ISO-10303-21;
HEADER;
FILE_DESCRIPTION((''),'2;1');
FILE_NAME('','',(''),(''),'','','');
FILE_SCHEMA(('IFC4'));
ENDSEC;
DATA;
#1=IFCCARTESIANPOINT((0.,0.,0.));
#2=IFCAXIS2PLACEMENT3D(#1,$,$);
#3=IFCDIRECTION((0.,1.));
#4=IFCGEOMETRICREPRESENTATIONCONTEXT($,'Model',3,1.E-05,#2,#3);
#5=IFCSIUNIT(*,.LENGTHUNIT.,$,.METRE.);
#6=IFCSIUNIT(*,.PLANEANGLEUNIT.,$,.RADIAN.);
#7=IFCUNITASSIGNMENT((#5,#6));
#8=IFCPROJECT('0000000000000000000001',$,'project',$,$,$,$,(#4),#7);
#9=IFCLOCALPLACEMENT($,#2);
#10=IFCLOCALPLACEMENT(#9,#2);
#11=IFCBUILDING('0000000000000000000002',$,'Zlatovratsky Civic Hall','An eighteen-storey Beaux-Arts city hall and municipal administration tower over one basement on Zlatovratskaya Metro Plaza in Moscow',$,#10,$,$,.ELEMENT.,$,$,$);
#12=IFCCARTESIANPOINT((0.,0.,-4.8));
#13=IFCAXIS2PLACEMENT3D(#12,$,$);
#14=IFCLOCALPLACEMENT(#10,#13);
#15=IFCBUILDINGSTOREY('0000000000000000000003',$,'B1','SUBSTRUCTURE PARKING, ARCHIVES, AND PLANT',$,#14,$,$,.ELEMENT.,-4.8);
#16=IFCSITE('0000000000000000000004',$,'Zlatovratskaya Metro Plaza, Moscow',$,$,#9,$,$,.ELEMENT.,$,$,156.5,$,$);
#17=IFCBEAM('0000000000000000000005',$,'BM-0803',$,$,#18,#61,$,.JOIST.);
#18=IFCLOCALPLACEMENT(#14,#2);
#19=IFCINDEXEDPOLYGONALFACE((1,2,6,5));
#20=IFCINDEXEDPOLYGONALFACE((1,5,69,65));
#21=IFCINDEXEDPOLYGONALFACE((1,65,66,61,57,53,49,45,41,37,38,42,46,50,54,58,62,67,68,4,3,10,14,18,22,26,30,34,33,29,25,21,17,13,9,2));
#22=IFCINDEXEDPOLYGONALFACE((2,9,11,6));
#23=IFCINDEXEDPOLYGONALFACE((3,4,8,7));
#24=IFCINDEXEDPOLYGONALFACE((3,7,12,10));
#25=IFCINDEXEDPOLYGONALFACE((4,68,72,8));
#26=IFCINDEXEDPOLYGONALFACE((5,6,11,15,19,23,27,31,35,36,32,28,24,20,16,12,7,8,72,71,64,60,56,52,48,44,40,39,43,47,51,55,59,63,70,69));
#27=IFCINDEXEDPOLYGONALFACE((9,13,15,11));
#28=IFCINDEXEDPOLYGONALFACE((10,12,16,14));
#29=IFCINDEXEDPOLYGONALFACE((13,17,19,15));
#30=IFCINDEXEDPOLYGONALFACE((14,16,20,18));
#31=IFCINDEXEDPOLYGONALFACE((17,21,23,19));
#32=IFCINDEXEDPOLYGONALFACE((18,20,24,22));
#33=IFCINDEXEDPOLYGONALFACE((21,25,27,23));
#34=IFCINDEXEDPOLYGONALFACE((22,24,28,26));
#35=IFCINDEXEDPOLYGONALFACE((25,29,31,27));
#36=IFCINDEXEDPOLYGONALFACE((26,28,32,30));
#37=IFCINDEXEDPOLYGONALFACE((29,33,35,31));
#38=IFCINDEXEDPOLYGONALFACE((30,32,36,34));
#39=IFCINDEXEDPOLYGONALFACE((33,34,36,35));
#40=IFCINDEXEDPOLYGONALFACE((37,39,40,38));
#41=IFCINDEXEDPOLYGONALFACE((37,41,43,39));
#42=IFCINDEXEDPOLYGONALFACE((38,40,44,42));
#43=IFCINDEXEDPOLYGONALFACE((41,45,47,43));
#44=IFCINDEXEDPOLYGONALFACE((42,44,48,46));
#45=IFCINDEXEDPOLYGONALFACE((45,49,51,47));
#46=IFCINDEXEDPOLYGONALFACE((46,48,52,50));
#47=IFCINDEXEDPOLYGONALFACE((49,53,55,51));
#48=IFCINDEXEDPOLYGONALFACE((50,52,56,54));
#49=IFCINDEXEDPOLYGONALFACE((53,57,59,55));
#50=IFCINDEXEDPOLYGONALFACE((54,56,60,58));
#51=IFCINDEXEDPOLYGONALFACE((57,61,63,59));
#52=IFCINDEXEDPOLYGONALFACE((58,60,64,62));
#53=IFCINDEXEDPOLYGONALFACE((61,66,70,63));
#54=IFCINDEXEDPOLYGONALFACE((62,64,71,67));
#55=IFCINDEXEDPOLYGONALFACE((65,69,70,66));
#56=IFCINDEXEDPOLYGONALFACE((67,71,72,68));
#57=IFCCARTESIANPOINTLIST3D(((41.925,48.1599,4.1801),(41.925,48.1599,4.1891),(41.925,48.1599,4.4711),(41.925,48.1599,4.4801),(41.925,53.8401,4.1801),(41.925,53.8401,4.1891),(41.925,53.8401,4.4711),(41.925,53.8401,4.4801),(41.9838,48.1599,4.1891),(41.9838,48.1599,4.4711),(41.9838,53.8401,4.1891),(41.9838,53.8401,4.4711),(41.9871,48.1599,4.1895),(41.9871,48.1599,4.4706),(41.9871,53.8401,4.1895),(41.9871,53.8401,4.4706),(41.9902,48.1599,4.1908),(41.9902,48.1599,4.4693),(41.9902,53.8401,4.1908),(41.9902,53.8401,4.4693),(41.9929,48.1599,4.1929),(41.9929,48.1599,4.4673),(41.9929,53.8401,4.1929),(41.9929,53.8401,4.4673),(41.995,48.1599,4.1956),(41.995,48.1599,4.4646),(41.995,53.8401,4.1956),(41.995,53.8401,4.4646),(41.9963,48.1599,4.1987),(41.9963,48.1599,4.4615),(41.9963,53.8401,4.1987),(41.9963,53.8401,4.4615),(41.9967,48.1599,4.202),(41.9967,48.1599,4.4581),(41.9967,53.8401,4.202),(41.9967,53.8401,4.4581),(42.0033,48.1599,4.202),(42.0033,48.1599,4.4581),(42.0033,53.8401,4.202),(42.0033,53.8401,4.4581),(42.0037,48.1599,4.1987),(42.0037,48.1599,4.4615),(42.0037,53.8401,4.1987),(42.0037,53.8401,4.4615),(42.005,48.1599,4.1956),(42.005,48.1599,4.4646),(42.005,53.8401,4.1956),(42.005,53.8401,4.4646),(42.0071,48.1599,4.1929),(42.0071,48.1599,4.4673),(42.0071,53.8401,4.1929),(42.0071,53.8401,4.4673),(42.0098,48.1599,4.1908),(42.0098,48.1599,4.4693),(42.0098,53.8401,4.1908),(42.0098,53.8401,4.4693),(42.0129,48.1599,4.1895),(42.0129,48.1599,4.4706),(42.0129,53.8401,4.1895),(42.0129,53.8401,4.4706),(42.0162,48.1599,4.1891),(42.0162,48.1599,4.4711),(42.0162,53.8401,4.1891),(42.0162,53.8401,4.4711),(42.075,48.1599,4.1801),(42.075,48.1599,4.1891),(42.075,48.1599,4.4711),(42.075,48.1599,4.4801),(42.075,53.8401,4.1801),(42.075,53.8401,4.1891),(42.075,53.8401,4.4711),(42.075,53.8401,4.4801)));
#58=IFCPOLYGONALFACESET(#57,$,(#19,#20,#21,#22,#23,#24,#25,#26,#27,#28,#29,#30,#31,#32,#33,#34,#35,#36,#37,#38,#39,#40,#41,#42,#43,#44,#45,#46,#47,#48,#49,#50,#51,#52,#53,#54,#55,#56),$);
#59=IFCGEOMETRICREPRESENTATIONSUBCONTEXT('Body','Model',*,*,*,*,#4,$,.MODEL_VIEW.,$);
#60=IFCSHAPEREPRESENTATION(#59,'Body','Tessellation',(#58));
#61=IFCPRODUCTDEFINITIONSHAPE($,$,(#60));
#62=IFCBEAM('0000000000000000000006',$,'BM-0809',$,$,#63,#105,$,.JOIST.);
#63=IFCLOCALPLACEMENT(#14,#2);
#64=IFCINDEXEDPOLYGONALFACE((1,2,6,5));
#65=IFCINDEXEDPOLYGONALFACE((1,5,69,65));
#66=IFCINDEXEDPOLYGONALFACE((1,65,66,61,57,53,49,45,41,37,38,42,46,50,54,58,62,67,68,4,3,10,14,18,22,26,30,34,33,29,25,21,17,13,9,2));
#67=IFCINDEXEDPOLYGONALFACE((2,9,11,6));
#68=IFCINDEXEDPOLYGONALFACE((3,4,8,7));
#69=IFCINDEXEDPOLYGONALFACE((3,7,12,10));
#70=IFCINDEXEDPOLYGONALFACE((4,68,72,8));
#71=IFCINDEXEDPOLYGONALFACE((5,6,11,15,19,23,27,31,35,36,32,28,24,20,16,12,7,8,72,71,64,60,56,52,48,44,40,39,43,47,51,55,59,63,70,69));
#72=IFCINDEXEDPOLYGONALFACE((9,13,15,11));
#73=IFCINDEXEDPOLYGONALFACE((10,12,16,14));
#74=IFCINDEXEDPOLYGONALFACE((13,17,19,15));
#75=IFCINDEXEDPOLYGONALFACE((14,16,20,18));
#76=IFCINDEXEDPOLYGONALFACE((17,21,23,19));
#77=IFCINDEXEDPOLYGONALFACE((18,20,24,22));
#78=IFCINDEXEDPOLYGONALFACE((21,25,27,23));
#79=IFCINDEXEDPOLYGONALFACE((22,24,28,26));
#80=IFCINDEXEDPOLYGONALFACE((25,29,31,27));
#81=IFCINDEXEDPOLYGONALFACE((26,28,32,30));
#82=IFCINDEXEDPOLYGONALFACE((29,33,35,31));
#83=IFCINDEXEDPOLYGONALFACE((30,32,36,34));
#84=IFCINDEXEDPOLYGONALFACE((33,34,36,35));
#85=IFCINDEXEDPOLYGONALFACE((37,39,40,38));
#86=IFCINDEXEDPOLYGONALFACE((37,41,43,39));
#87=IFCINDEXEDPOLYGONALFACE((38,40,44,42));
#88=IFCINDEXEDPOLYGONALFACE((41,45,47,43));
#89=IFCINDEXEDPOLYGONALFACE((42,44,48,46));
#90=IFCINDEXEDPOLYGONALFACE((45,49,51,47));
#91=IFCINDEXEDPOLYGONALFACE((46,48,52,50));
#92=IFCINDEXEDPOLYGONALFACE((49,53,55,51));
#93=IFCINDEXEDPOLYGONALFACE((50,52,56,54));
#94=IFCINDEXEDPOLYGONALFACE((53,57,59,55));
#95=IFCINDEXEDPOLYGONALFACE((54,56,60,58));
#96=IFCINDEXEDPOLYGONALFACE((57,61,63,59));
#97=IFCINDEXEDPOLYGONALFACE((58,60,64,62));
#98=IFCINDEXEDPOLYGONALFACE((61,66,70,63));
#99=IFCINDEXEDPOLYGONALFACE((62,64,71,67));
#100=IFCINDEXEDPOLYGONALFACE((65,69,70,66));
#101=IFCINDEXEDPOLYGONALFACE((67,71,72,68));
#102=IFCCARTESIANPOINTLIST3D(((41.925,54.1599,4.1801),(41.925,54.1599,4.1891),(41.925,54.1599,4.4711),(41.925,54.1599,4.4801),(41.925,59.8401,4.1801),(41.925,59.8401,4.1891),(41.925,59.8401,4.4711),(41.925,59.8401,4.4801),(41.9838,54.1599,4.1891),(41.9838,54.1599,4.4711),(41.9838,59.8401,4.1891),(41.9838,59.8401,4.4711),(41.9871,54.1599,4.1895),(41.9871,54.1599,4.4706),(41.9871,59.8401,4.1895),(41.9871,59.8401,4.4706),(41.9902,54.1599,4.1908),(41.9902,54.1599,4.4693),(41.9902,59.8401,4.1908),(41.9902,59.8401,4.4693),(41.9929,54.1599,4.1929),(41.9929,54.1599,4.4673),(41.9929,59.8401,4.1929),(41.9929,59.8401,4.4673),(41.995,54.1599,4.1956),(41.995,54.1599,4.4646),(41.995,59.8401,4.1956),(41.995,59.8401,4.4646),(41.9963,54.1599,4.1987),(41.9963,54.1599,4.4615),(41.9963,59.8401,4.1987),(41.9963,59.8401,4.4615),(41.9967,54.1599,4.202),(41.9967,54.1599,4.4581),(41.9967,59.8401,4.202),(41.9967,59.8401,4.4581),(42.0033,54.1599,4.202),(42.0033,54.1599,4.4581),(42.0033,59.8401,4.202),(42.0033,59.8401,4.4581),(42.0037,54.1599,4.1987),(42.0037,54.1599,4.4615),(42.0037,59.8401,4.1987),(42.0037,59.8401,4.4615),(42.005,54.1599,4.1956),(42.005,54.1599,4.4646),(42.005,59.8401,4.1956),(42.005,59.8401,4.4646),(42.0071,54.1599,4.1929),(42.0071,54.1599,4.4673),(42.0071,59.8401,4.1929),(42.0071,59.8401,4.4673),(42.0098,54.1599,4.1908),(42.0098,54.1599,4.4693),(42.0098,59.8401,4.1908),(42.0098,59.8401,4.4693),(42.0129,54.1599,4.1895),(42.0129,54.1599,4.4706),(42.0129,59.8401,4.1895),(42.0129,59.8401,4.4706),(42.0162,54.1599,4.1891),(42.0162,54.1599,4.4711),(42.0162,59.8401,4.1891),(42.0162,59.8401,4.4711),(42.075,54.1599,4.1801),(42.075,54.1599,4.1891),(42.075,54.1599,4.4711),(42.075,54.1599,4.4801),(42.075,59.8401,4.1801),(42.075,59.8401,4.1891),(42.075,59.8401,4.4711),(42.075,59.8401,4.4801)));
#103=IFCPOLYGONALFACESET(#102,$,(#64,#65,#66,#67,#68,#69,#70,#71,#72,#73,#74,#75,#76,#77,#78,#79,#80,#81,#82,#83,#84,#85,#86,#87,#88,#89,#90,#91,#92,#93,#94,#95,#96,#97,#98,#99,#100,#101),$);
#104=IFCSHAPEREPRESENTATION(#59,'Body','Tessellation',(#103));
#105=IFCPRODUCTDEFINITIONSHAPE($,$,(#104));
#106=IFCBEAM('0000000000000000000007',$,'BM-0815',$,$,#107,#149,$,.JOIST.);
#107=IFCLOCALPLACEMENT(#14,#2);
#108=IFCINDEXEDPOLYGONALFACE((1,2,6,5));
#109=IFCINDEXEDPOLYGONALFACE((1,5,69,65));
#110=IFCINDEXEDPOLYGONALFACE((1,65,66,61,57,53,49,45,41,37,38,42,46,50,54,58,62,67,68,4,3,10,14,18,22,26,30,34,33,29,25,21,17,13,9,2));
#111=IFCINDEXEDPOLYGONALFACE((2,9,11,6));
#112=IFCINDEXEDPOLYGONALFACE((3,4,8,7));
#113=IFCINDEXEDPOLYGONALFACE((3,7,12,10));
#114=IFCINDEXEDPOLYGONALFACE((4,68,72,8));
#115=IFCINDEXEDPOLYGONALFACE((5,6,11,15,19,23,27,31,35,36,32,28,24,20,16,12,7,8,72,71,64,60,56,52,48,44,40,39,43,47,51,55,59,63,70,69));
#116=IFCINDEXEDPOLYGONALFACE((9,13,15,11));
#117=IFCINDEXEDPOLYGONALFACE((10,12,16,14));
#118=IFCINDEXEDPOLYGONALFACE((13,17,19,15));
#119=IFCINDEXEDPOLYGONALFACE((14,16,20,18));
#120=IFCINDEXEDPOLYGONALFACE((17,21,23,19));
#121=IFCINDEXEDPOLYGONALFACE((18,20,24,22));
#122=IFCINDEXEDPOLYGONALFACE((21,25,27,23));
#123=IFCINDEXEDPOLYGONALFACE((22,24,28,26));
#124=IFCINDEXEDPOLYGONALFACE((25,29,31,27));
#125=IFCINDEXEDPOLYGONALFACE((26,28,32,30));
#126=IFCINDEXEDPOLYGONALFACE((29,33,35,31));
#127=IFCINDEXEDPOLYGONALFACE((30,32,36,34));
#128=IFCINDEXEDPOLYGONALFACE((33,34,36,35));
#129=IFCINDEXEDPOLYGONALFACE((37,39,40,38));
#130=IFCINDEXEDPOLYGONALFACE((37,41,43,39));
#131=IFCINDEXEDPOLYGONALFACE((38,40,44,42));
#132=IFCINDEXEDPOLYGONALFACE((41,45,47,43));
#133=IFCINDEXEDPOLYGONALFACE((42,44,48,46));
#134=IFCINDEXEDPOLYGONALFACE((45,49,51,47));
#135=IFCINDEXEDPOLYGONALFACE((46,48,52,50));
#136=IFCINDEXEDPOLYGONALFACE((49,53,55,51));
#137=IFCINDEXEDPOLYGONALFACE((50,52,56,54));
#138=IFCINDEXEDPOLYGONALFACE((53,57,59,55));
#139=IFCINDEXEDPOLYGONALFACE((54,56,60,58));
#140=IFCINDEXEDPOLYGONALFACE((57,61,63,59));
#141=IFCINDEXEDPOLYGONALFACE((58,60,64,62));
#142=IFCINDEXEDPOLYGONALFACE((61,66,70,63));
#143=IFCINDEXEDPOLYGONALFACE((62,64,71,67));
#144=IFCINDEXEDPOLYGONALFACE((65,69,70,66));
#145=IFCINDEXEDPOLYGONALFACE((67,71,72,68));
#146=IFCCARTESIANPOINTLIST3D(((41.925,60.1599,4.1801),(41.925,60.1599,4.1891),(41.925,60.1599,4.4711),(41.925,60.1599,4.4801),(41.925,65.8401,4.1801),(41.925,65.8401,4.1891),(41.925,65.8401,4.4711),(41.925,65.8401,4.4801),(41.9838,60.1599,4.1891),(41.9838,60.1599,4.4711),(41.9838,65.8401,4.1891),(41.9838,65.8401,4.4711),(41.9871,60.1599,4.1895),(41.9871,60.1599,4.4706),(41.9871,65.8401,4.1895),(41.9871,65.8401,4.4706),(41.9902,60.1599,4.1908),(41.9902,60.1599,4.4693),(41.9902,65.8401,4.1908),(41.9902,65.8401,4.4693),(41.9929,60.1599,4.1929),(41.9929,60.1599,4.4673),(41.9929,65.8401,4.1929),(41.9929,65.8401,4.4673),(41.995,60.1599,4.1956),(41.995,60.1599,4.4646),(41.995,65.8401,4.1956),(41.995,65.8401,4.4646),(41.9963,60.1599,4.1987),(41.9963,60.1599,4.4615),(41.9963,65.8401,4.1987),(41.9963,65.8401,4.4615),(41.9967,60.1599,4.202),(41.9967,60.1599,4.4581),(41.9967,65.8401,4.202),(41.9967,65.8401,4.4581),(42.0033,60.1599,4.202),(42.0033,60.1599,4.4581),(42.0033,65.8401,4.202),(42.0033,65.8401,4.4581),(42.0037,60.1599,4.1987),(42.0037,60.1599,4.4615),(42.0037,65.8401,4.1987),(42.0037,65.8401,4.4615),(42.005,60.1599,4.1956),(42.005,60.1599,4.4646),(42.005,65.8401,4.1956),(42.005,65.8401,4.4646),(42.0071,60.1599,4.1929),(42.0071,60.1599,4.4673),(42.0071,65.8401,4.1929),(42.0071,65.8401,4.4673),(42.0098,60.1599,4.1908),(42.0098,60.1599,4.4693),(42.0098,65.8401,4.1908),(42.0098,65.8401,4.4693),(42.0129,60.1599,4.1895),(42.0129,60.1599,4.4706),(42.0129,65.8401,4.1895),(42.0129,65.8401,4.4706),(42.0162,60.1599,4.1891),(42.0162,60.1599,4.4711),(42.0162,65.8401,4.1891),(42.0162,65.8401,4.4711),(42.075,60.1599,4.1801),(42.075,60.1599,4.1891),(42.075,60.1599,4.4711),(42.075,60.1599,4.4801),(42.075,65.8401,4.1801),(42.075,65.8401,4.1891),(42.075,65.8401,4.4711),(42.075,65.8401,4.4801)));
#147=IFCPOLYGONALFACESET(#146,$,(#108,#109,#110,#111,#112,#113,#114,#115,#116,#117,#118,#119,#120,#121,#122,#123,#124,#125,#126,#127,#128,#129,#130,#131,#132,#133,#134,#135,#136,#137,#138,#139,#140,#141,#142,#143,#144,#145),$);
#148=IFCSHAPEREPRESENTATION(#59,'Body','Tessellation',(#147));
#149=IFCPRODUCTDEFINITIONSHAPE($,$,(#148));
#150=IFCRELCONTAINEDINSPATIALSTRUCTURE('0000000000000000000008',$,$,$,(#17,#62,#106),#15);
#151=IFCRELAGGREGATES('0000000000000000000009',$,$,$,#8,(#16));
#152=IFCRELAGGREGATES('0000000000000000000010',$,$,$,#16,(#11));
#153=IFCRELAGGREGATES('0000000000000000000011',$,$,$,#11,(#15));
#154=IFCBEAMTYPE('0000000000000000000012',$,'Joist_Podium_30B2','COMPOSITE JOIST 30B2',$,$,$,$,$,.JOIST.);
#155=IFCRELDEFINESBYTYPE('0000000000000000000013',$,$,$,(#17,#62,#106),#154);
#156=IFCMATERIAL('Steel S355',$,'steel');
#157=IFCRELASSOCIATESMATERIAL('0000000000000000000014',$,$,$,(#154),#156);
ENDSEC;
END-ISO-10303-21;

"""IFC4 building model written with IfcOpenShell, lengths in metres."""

from ifc_helpers import new_model, si_unit, direction, frame, origin, origin_2d, place, context, subcontext, project, spatial, i_section, extrude, material, material_profile, profile_set, type_object, element, save


model = new_model("IFC4")

# Units and contexts
model_context = context("Model", 3, precision=1e-05, world=origin(), true_north=direction((0.0, 1.0)))
body_context = subcontext(model_context, "Body", "Model", "MODEL_VIEW")
ifc_project = project(units=[si_unit("LENGTHUNIT", "METRE"), si_unit("PLANEANGLEUNIT", "RADIAN")], contexts=[model_context])

# Site, building, storey
site_placement = place(None, origin())
site = spatial("IfcSite", under=ifc_project, at=site_placement, Name="Zlatovratskaya Metro Plaza, Moscow", CompositionType="ELEMENT", RefElevation=156.5)
building_placement = place(site_placement, origin())
building = spatial("IfcBuilding", under=site, at=building_placement, Name="Zlatovratsky Civic Hall", Description="An eighteen-storey Beaux-Arts city hall and municipal administration tower over one basement on Zlatovratskaya Metro Plaza in Moscow", CompositionType="ELEMENT")
storey_placement = place(building_placement, frame((0.0, 0.0, -4.8)))
storey = spatial("IfcBuildingStorey", under=building, at=storey_placement, Name="B1", Description="SUBSTRUCTURE PARKING, ARCHIVES, AND PLANT", CompositionType="ELEMENT", Elevation=-4.8)

# Shared definitions
ifc_material_1 = material(Name="Steel S355", Category="steel")

# Beams
ifc_material_profile_1 = material_profile(ifc_material_1, i_section(OverallWidth=0.1499, OverallDepth=0.3, WebThickness=0.0066, FlangeThickness=0.009, FilletRadius=0.0129, at=origin_2d()), Name="30B2")
ifc_profile_set_1 = profile_set([ifc_material_profile_1], Name="Steel S355")
beam_type_1 = type_object("IfcBeamType", Name="Joist_Podium_30B2", Description="COMPOSITE JOIST 30B2", PredefinedType="JOIST", material=ifc_profile_set_1)
for number, where, z_axis, x_axis, name in (
    (1, (42.0, 48.1599, 4.3301), (0.0, 1.0, 0.0), (-1.0, 0.0, 0.0), "BM-0803"),
    (2, (42.0, 54.1599, 4.3301), (0.0, 1.0, 0.0), (-1.0, 0.0, 0.0), "BM-0809"),
    (3, (42.0, 60.1599, 4.3301), (0.0, 1.0, 0.0), (-1.0, 0.0, 0.0), "BM-0815"),
):
    element("IfcBeam", number, at=place(storey_placement, frame(where, z_axis=z_axis, x_axis=x_axis)), inside=storey, type_object=beam_type_1, Name=name, PredefinedType="JOIST", context=body_context, shape_type="SweptSolid", body=[
        extrude(i_section(OverallWidth=0.1499, OverallDepth=0.3, WebThickness=0.0066, FlangeThickness=0.009, FilletRadius=0.0129, at=origin_2d()), origin(), (0.0, 0.0, 1.0), 5.6802),
    ])

save(model, "model.ifc")
